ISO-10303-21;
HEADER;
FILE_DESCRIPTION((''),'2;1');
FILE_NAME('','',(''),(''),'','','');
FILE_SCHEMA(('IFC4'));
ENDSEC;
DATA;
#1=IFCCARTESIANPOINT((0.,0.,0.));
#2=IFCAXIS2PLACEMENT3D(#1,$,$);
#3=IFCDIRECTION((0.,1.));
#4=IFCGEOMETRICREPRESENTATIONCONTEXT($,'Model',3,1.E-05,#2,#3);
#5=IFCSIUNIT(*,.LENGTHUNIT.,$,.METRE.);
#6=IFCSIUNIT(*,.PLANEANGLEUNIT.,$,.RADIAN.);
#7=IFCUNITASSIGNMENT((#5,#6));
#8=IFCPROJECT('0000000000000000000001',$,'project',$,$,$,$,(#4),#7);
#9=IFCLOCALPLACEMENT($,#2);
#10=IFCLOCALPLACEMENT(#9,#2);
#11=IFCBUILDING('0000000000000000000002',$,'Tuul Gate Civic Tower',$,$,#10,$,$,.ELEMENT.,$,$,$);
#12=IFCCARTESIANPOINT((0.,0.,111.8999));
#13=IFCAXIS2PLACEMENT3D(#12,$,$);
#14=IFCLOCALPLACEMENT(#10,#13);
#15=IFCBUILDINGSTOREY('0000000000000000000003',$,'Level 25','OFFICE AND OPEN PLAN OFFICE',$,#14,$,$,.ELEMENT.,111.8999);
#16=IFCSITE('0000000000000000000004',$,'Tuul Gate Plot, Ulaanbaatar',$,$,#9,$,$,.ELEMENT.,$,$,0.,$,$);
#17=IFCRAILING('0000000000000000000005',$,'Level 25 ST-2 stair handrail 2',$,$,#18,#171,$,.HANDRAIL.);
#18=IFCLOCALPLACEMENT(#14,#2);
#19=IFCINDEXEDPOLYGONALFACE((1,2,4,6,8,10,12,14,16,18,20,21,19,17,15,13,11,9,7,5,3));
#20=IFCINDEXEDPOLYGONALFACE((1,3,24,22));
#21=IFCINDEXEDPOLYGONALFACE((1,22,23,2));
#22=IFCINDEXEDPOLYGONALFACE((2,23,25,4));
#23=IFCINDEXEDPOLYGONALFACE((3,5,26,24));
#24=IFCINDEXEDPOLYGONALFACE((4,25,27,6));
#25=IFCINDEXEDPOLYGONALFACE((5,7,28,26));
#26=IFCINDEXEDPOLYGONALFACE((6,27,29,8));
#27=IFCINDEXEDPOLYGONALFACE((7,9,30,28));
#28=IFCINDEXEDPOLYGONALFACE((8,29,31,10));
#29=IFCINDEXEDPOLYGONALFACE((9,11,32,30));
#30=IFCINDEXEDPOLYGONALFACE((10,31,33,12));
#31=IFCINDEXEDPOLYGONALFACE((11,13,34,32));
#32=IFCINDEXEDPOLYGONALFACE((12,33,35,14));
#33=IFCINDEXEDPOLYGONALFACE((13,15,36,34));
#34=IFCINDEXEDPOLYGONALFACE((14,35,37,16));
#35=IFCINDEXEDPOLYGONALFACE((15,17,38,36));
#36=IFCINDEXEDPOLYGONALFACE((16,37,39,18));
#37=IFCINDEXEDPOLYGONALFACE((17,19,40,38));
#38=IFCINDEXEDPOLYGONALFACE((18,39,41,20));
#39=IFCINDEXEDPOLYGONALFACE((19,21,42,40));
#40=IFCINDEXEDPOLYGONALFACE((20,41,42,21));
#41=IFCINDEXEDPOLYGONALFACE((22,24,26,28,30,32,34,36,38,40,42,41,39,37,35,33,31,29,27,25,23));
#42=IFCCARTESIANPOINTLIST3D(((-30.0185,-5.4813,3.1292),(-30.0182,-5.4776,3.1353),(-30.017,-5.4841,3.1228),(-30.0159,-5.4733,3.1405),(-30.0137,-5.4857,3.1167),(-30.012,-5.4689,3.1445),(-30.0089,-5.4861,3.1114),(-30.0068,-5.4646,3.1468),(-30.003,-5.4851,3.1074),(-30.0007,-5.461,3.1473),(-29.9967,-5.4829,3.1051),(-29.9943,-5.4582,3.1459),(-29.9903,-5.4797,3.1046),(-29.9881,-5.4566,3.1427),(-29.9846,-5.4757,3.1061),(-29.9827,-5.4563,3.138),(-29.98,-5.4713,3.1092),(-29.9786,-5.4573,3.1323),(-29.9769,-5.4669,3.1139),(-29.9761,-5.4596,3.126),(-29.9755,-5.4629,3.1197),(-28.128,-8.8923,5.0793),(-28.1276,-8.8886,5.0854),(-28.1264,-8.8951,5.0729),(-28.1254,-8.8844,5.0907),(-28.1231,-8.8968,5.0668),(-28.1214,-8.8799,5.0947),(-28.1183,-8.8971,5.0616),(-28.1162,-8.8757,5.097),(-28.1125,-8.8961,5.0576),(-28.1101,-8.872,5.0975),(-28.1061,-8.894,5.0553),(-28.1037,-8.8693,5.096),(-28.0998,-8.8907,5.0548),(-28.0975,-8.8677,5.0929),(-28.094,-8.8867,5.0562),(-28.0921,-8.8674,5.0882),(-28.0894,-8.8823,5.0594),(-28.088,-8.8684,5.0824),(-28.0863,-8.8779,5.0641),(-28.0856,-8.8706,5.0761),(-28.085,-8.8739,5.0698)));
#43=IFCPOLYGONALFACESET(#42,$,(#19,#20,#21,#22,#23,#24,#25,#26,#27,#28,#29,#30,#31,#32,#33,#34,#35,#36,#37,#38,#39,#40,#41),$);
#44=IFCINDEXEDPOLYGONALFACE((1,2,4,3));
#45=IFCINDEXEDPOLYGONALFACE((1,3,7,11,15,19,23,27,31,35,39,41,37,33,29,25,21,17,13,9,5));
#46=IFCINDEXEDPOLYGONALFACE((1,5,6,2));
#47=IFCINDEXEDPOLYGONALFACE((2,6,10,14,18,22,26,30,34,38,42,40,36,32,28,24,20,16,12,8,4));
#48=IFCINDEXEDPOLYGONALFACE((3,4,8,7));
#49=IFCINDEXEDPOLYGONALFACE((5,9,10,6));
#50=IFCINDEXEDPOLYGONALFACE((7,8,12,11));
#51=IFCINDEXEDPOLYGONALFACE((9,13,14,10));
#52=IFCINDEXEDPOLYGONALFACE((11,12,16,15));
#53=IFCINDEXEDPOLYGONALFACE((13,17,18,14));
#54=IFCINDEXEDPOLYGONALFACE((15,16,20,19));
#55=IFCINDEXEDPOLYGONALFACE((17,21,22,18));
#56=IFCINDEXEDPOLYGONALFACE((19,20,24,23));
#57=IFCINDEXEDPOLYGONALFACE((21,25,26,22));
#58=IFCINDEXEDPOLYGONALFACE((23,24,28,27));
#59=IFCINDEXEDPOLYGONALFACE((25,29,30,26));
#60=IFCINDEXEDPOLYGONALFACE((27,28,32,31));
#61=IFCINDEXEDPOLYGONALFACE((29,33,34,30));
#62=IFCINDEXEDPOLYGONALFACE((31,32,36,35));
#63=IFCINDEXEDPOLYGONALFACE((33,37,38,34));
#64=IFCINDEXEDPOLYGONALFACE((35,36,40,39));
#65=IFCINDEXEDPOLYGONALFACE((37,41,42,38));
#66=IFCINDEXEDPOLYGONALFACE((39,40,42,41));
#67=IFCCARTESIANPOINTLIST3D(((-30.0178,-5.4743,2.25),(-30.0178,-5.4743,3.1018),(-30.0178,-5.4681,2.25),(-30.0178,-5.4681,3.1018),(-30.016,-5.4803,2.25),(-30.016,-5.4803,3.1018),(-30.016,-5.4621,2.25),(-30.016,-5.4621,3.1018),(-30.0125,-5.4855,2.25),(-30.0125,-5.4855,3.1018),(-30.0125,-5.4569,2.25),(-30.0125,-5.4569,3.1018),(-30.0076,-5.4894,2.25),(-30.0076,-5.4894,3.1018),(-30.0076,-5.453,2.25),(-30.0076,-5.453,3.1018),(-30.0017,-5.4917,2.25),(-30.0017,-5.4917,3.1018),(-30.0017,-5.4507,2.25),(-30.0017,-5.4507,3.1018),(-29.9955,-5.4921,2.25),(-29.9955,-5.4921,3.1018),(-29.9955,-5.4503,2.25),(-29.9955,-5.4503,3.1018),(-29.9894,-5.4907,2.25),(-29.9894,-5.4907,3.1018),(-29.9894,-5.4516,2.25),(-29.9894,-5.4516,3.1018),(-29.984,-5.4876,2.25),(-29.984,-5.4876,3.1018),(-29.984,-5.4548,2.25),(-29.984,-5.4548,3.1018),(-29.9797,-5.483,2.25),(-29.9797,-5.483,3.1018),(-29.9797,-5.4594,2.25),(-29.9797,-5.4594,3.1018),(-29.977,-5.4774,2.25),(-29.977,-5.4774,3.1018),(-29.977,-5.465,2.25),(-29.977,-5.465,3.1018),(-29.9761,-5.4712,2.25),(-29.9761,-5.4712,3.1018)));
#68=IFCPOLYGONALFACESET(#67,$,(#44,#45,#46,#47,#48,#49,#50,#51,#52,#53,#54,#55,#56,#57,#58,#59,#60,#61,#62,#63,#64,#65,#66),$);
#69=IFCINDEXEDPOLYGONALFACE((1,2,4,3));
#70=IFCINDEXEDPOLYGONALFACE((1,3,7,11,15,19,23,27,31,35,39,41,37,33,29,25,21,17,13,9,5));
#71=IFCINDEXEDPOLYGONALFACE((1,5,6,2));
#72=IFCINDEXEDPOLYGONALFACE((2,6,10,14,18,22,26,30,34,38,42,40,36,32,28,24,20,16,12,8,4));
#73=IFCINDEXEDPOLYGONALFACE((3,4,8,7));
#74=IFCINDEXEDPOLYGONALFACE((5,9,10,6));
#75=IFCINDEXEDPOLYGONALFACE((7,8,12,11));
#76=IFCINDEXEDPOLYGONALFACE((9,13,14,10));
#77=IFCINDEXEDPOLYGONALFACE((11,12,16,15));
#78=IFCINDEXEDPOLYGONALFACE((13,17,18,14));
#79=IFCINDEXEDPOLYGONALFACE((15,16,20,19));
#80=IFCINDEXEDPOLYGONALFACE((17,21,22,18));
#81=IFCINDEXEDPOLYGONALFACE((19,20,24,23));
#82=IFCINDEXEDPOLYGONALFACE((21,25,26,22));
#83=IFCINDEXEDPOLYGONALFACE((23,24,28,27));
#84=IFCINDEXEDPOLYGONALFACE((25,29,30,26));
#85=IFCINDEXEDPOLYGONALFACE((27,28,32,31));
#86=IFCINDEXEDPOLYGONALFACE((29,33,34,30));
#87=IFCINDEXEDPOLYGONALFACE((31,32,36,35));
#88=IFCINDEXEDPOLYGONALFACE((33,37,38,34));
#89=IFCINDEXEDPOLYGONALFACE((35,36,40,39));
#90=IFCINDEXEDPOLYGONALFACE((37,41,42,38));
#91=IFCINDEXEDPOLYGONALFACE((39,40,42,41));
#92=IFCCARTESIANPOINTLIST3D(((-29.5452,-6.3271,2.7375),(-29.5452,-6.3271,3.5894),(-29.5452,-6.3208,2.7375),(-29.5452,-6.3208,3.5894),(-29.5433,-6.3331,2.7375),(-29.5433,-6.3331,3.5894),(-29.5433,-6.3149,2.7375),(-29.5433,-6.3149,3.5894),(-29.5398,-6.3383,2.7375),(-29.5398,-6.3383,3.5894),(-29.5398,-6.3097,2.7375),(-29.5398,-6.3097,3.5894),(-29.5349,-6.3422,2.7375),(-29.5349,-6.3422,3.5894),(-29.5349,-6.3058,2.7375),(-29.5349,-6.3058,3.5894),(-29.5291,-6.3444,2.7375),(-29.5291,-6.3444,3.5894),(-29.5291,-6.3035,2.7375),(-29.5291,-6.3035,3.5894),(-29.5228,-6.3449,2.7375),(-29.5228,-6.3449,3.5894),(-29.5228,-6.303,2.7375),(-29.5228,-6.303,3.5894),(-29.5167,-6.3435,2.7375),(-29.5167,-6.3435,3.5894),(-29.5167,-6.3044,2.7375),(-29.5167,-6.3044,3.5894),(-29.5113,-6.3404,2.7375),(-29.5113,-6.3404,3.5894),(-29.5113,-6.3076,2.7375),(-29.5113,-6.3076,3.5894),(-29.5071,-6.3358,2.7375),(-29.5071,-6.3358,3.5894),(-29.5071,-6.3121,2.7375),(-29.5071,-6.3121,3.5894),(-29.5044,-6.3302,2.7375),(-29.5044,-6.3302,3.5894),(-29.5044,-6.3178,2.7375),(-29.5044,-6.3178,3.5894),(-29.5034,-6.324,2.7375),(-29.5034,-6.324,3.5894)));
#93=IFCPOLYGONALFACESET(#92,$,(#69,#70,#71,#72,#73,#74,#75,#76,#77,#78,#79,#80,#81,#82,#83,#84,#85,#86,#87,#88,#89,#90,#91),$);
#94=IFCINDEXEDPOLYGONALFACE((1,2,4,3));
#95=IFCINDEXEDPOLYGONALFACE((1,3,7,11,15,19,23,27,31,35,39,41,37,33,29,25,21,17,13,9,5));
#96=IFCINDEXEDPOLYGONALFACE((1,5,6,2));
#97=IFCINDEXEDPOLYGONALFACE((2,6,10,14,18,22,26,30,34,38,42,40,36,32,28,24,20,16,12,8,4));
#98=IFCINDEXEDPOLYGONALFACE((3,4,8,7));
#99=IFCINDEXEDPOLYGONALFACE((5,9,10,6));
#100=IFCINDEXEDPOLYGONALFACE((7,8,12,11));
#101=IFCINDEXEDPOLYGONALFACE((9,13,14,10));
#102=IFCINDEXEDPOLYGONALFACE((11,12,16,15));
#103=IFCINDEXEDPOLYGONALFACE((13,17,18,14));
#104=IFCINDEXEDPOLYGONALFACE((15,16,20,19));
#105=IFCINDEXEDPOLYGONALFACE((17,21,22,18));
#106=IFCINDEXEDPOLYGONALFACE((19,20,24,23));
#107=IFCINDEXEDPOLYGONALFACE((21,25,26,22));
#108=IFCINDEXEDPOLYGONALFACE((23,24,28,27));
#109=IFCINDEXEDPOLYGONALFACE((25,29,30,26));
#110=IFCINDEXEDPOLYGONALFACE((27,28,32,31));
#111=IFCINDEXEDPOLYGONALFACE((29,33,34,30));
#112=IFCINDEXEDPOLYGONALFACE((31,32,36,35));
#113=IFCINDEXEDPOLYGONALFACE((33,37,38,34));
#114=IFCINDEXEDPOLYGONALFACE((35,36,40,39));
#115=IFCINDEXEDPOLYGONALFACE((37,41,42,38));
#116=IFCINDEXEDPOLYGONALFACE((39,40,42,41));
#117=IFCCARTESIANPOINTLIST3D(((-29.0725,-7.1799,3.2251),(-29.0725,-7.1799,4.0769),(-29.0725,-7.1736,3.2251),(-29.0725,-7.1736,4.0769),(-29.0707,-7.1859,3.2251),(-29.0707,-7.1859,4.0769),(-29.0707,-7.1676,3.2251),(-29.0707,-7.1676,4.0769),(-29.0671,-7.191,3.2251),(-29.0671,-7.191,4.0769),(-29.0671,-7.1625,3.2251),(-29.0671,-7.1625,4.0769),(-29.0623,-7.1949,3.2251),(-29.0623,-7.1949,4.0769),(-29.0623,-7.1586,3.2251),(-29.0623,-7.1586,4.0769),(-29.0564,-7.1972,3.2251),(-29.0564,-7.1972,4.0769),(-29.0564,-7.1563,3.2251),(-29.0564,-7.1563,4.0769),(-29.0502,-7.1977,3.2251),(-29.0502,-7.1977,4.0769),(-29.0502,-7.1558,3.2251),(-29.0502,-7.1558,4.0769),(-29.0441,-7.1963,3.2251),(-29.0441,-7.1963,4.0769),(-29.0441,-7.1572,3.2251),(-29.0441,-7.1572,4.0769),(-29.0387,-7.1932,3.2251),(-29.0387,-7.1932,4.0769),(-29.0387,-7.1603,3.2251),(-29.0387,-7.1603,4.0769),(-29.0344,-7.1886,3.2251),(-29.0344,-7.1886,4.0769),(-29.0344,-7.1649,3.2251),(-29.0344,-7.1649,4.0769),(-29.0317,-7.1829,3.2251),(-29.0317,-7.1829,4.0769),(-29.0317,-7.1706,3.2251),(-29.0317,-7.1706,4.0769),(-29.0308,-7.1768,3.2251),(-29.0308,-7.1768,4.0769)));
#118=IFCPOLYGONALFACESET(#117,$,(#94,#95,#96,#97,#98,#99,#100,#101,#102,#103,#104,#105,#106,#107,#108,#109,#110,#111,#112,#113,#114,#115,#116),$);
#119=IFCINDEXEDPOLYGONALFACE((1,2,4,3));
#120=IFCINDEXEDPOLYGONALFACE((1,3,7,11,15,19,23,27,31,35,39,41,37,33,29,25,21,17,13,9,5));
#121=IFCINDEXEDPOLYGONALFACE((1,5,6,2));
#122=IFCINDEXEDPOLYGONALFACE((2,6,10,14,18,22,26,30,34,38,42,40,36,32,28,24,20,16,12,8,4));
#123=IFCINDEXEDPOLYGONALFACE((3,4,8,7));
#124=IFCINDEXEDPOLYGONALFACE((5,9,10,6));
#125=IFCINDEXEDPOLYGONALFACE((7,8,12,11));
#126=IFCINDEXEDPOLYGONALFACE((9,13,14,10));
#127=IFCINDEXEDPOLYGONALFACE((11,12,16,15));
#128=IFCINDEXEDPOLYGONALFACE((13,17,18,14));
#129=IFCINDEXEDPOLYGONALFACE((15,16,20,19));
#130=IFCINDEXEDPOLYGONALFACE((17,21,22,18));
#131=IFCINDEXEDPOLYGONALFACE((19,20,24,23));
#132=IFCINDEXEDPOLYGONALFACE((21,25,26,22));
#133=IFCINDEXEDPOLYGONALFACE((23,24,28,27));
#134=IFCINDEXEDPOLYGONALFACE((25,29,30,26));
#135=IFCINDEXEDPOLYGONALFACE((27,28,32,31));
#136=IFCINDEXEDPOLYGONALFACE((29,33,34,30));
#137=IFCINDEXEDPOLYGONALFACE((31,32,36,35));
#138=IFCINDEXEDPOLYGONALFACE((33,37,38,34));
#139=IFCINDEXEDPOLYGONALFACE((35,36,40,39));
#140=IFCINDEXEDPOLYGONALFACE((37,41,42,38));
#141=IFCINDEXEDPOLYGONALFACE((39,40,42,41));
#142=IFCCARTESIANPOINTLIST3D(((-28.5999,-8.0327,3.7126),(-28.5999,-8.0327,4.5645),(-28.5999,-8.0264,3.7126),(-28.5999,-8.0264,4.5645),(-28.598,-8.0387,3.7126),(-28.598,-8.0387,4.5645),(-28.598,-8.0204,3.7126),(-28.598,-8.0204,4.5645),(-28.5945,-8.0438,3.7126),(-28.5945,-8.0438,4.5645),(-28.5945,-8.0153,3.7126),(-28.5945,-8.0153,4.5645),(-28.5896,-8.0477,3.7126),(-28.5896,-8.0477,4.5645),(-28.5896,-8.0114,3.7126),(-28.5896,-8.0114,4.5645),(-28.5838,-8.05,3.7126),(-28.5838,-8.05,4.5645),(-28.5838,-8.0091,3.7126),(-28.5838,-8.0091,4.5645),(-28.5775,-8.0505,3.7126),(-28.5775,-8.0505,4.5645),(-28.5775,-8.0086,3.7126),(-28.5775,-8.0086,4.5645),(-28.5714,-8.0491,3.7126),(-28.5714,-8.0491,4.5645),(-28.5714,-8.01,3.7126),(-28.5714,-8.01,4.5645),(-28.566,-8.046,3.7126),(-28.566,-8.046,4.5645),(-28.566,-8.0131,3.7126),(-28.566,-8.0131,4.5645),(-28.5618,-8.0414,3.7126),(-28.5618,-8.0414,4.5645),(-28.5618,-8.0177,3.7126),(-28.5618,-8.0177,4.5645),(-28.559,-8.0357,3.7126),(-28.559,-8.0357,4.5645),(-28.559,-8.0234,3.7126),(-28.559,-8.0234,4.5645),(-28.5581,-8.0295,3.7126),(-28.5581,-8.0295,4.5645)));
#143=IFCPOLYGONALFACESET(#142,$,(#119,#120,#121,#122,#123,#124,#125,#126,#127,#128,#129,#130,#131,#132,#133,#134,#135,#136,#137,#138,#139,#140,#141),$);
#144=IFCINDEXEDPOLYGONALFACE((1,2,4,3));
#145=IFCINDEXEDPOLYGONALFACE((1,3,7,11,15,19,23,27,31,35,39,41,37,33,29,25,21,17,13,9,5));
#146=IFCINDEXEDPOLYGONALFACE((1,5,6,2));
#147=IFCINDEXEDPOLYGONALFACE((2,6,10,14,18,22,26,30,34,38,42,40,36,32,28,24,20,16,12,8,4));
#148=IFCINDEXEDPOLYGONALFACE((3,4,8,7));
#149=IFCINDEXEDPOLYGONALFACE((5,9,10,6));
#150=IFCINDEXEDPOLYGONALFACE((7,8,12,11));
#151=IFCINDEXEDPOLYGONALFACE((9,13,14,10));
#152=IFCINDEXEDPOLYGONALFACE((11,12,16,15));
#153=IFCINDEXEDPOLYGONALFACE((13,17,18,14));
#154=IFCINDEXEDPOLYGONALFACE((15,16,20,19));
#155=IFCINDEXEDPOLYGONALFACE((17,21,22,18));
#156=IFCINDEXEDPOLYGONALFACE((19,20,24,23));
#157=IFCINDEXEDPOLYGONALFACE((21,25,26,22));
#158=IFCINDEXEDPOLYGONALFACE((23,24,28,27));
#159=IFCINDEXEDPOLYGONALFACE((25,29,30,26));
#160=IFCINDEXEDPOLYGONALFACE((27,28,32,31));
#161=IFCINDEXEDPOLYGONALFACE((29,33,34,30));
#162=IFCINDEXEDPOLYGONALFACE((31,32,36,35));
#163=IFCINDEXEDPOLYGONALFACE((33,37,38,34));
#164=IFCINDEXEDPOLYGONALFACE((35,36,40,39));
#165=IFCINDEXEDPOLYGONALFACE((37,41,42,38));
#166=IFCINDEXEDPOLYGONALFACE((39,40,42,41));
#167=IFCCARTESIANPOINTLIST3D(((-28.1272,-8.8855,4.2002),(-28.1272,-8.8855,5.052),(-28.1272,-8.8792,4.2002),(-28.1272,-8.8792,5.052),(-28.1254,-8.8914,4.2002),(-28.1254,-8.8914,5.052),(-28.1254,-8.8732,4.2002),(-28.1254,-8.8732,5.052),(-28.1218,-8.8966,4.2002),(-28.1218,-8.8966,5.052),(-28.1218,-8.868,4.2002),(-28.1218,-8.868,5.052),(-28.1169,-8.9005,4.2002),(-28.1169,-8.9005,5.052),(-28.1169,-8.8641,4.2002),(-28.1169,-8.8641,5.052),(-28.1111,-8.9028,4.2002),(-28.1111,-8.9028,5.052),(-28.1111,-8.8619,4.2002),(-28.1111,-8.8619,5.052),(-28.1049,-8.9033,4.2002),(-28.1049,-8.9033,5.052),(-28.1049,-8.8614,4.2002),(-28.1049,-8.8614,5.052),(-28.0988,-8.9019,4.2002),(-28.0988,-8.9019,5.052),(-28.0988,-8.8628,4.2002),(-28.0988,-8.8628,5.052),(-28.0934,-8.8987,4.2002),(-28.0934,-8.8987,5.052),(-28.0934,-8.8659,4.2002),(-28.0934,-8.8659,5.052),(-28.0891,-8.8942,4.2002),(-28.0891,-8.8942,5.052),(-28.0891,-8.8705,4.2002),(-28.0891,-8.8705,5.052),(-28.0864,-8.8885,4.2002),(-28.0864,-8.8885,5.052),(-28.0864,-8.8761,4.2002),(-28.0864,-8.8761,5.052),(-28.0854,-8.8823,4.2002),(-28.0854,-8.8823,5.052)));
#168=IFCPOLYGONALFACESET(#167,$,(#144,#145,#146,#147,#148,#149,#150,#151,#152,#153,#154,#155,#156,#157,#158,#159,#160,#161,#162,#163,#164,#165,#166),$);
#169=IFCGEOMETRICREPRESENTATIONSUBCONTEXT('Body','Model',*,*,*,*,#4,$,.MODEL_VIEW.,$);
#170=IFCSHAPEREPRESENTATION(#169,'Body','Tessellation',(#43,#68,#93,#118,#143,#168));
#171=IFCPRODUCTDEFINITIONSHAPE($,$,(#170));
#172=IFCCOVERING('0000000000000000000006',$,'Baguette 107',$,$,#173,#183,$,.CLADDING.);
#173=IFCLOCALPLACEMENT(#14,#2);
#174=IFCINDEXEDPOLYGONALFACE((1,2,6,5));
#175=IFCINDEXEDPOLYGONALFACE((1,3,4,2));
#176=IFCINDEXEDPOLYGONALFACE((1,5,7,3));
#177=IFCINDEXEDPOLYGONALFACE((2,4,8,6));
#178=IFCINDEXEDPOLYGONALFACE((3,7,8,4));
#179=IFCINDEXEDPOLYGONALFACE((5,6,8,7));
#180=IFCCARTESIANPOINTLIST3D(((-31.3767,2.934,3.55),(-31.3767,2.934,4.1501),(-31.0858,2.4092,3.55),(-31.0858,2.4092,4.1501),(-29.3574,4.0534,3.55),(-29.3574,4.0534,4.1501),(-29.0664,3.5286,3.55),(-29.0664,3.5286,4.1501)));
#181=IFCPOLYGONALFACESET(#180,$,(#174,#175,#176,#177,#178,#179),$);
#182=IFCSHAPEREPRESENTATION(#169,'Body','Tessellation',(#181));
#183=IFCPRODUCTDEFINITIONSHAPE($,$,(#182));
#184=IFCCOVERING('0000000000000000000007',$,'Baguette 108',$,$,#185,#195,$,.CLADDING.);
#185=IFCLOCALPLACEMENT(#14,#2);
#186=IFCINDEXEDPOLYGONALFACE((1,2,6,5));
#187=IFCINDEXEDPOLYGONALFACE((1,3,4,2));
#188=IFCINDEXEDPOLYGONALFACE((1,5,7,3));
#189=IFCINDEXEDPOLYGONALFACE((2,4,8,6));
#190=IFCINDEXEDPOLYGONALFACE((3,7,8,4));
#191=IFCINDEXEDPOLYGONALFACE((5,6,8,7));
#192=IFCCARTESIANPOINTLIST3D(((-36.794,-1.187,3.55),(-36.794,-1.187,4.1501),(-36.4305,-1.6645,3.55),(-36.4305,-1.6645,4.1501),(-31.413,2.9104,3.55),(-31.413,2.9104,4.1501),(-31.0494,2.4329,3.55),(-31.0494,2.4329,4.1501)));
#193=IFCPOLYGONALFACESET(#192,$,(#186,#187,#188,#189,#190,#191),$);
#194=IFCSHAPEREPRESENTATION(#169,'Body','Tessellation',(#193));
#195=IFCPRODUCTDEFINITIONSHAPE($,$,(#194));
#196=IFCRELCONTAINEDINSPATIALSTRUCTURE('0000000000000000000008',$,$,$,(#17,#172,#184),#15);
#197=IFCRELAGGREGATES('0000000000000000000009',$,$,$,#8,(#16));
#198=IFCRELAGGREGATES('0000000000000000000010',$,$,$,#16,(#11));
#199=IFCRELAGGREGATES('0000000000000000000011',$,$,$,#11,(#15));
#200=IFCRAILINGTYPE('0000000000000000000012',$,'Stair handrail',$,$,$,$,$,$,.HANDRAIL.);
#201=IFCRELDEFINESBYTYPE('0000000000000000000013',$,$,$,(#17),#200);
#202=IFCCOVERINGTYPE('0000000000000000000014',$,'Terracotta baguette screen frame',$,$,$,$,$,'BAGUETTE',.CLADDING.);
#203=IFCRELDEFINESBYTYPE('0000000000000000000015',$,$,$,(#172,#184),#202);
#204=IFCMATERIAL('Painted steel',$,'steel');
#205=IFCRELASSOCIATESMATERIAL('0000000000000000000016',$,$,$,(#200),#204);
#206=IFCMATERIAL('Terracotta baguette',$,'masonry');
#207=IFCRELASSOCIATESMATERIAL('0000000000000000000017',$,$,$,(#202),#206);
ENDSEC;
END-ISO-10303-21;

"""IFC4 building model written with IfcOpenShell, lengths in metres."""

from ifc_helpers import new_model, si_unit, direction, frame, origin, origin_2d, place, context, subcontext, project, spatial, rectangle, circle, extrude, material, material_profile, profile_set, type_object, element, save


model = new_model("IFC4")

# Units and contexts
model_context = context("Model", 3, precision=1e-05, world=origin(), true_north=direction((0.0, 1.0)))
body_context = subcontext(model_context, "Body", "Model", "MODEL_VIEW")
ifc_project = project(units=[si_unit("LENGTHUNIT", "METRE"), si_unit("PLANEANGLEUNIT", "RADIAN")], contexts=[model_context])

# Site, building, storey
site_placement = place(None, origin())
site = spatial("IfcSite", under=ifc_project, at=site_placement, Name="Tuul Gate Plot, Ulaanbaatar", CompositionType="ELEMENT", RefElevation=0.0)
building_placement = place(site_placement, origin())
building = spatial("IfcBuilding", under=site, at=building_placement, Name="Tuul Gate Civic Tower", CompositionType="ELEMENT")
storey_placement = place(building_placement, frame((0.0, 0.0, 111.8999)))
storey = spatial("IfcBuildingStorey", under=building, at=storey_placement, Name="Level 25", Description="OFFICE AND OPEN PLAN OFFICE", CompositionType="ELEMENT", Elevation=111.8999)

# Railing
ifc_material_1 = material(Name="Painted steel", Category="steel")
railing_type_1 = type_object("IfcRailingType", Name="Stair handrail", PredefinedType="HANDRAIL", material=ifc_material_1)
railing_1_placement = place(storey_placement, frame((-29.9971, -5.4712, 2.25)))
element("IfcRailing", 1, at=railing_1_placement, inside=storey, type_object=railing_type_1, Name="Level 25 ST-2 stair handrail 2", PredefinedType="HANDRAIL", context=body_context, shape_type="SweptSolid", body=[
    extrude(circle(Radius=0.0239, at=origin_2d()), frame((0.0, 0.0, 0.876), z_axis=(0.433585, -0.782289, 0.447246), x_axis=(0.874641, 0.484771, 0.0)), (0.0, 0.0, 1.0), 4.3604),
    extrude(circle(Radius=0.021, at=origin_2d()), origin(), (0.0, 0.0, 1.0), 0.8518),
    extrude(circle(Radius=0.021, at=origin_2d()), frame((0.4727, -0.8528, 0.4875)), (0.0, 0.0, 1.0), 0.8518),
    extrude(circle(Radius=0.021, at=origin_2d()), frame((0.9453, -1.7056, 0.9751)), (0.0, 0.0, 1.0), 0.8518),
    extrude(circle(Radius=0.021, at=origin_2d()), frame((1.418, -2.5583, 1.4626)), (0.0, 0.0, 1.0), 0.8518),
    extrude(circle(Radius=0.021, at=origin_2d()), frame((1.8906, -3.4111, 1.9502)), (0.0, 0.0, 1.0), 0.8518),
])

# Coverings
ifc_material_2 = material(Name="Terracotta baguette", Category="masonry")
ifc_material_profile_1 = material_profile(ifc_material_2, rectangle(XDim=0.6001, YDim=0.6001, at=origin_2d()), Name="Terracotta baguette screen frame")
ifc_profile_set_1 = profile_set([ifc_material_profile_1], Name="Terracotta baguette")
covering_type = type_object("IfcCoveringType", Name="Terracotta baguette screen frame", ElementType="BAGUETTE", PredefinedType="CLADDING", material=ifc_profile_set_1)
covering_1_placement = place(storey_placement, frame((-29.2119, 3.791, 3.8501), z_axis=(-0.874606, -0.484835, 0.0), x_axis=(0.484835, -0.874606, 0.0)))
element("IfcCovering", 2, at=covering_1_placement, inside=storey, type_object=covering_type, Name="Baguette 107", PredefinedType="CLADDING", context=body_context, shape_type="SweptSolid", body=[
    extrude(rectangle(XDim=0.6001, YDim=0.6001, at=origin_2d()), origin(), (0.0, 0.0, 1.0), 2.3088),
])
covering_2_placement = place(storey_placement, frame((-31.2312, 2.6716, 3.8501), z_axis=(-0.795608, -0.605812, 0.0), x_axis=(0.605812, -0.795608, 0.0)))
element("IfcCovering", 3, at=covering_2_placement, inside=storey, type_object=covering_type, Name="Baguette 108", PredefinedType="CLADDING", context=body_context, shape_type="SweptSolid", body=[
    extrude(rectangle(XDim=0.6001, YDim=0.6001, at=origin_2d()), origin(), (0.0, 0.0, 1.0), 6.7634),
])

save(model, "model.ifc")
